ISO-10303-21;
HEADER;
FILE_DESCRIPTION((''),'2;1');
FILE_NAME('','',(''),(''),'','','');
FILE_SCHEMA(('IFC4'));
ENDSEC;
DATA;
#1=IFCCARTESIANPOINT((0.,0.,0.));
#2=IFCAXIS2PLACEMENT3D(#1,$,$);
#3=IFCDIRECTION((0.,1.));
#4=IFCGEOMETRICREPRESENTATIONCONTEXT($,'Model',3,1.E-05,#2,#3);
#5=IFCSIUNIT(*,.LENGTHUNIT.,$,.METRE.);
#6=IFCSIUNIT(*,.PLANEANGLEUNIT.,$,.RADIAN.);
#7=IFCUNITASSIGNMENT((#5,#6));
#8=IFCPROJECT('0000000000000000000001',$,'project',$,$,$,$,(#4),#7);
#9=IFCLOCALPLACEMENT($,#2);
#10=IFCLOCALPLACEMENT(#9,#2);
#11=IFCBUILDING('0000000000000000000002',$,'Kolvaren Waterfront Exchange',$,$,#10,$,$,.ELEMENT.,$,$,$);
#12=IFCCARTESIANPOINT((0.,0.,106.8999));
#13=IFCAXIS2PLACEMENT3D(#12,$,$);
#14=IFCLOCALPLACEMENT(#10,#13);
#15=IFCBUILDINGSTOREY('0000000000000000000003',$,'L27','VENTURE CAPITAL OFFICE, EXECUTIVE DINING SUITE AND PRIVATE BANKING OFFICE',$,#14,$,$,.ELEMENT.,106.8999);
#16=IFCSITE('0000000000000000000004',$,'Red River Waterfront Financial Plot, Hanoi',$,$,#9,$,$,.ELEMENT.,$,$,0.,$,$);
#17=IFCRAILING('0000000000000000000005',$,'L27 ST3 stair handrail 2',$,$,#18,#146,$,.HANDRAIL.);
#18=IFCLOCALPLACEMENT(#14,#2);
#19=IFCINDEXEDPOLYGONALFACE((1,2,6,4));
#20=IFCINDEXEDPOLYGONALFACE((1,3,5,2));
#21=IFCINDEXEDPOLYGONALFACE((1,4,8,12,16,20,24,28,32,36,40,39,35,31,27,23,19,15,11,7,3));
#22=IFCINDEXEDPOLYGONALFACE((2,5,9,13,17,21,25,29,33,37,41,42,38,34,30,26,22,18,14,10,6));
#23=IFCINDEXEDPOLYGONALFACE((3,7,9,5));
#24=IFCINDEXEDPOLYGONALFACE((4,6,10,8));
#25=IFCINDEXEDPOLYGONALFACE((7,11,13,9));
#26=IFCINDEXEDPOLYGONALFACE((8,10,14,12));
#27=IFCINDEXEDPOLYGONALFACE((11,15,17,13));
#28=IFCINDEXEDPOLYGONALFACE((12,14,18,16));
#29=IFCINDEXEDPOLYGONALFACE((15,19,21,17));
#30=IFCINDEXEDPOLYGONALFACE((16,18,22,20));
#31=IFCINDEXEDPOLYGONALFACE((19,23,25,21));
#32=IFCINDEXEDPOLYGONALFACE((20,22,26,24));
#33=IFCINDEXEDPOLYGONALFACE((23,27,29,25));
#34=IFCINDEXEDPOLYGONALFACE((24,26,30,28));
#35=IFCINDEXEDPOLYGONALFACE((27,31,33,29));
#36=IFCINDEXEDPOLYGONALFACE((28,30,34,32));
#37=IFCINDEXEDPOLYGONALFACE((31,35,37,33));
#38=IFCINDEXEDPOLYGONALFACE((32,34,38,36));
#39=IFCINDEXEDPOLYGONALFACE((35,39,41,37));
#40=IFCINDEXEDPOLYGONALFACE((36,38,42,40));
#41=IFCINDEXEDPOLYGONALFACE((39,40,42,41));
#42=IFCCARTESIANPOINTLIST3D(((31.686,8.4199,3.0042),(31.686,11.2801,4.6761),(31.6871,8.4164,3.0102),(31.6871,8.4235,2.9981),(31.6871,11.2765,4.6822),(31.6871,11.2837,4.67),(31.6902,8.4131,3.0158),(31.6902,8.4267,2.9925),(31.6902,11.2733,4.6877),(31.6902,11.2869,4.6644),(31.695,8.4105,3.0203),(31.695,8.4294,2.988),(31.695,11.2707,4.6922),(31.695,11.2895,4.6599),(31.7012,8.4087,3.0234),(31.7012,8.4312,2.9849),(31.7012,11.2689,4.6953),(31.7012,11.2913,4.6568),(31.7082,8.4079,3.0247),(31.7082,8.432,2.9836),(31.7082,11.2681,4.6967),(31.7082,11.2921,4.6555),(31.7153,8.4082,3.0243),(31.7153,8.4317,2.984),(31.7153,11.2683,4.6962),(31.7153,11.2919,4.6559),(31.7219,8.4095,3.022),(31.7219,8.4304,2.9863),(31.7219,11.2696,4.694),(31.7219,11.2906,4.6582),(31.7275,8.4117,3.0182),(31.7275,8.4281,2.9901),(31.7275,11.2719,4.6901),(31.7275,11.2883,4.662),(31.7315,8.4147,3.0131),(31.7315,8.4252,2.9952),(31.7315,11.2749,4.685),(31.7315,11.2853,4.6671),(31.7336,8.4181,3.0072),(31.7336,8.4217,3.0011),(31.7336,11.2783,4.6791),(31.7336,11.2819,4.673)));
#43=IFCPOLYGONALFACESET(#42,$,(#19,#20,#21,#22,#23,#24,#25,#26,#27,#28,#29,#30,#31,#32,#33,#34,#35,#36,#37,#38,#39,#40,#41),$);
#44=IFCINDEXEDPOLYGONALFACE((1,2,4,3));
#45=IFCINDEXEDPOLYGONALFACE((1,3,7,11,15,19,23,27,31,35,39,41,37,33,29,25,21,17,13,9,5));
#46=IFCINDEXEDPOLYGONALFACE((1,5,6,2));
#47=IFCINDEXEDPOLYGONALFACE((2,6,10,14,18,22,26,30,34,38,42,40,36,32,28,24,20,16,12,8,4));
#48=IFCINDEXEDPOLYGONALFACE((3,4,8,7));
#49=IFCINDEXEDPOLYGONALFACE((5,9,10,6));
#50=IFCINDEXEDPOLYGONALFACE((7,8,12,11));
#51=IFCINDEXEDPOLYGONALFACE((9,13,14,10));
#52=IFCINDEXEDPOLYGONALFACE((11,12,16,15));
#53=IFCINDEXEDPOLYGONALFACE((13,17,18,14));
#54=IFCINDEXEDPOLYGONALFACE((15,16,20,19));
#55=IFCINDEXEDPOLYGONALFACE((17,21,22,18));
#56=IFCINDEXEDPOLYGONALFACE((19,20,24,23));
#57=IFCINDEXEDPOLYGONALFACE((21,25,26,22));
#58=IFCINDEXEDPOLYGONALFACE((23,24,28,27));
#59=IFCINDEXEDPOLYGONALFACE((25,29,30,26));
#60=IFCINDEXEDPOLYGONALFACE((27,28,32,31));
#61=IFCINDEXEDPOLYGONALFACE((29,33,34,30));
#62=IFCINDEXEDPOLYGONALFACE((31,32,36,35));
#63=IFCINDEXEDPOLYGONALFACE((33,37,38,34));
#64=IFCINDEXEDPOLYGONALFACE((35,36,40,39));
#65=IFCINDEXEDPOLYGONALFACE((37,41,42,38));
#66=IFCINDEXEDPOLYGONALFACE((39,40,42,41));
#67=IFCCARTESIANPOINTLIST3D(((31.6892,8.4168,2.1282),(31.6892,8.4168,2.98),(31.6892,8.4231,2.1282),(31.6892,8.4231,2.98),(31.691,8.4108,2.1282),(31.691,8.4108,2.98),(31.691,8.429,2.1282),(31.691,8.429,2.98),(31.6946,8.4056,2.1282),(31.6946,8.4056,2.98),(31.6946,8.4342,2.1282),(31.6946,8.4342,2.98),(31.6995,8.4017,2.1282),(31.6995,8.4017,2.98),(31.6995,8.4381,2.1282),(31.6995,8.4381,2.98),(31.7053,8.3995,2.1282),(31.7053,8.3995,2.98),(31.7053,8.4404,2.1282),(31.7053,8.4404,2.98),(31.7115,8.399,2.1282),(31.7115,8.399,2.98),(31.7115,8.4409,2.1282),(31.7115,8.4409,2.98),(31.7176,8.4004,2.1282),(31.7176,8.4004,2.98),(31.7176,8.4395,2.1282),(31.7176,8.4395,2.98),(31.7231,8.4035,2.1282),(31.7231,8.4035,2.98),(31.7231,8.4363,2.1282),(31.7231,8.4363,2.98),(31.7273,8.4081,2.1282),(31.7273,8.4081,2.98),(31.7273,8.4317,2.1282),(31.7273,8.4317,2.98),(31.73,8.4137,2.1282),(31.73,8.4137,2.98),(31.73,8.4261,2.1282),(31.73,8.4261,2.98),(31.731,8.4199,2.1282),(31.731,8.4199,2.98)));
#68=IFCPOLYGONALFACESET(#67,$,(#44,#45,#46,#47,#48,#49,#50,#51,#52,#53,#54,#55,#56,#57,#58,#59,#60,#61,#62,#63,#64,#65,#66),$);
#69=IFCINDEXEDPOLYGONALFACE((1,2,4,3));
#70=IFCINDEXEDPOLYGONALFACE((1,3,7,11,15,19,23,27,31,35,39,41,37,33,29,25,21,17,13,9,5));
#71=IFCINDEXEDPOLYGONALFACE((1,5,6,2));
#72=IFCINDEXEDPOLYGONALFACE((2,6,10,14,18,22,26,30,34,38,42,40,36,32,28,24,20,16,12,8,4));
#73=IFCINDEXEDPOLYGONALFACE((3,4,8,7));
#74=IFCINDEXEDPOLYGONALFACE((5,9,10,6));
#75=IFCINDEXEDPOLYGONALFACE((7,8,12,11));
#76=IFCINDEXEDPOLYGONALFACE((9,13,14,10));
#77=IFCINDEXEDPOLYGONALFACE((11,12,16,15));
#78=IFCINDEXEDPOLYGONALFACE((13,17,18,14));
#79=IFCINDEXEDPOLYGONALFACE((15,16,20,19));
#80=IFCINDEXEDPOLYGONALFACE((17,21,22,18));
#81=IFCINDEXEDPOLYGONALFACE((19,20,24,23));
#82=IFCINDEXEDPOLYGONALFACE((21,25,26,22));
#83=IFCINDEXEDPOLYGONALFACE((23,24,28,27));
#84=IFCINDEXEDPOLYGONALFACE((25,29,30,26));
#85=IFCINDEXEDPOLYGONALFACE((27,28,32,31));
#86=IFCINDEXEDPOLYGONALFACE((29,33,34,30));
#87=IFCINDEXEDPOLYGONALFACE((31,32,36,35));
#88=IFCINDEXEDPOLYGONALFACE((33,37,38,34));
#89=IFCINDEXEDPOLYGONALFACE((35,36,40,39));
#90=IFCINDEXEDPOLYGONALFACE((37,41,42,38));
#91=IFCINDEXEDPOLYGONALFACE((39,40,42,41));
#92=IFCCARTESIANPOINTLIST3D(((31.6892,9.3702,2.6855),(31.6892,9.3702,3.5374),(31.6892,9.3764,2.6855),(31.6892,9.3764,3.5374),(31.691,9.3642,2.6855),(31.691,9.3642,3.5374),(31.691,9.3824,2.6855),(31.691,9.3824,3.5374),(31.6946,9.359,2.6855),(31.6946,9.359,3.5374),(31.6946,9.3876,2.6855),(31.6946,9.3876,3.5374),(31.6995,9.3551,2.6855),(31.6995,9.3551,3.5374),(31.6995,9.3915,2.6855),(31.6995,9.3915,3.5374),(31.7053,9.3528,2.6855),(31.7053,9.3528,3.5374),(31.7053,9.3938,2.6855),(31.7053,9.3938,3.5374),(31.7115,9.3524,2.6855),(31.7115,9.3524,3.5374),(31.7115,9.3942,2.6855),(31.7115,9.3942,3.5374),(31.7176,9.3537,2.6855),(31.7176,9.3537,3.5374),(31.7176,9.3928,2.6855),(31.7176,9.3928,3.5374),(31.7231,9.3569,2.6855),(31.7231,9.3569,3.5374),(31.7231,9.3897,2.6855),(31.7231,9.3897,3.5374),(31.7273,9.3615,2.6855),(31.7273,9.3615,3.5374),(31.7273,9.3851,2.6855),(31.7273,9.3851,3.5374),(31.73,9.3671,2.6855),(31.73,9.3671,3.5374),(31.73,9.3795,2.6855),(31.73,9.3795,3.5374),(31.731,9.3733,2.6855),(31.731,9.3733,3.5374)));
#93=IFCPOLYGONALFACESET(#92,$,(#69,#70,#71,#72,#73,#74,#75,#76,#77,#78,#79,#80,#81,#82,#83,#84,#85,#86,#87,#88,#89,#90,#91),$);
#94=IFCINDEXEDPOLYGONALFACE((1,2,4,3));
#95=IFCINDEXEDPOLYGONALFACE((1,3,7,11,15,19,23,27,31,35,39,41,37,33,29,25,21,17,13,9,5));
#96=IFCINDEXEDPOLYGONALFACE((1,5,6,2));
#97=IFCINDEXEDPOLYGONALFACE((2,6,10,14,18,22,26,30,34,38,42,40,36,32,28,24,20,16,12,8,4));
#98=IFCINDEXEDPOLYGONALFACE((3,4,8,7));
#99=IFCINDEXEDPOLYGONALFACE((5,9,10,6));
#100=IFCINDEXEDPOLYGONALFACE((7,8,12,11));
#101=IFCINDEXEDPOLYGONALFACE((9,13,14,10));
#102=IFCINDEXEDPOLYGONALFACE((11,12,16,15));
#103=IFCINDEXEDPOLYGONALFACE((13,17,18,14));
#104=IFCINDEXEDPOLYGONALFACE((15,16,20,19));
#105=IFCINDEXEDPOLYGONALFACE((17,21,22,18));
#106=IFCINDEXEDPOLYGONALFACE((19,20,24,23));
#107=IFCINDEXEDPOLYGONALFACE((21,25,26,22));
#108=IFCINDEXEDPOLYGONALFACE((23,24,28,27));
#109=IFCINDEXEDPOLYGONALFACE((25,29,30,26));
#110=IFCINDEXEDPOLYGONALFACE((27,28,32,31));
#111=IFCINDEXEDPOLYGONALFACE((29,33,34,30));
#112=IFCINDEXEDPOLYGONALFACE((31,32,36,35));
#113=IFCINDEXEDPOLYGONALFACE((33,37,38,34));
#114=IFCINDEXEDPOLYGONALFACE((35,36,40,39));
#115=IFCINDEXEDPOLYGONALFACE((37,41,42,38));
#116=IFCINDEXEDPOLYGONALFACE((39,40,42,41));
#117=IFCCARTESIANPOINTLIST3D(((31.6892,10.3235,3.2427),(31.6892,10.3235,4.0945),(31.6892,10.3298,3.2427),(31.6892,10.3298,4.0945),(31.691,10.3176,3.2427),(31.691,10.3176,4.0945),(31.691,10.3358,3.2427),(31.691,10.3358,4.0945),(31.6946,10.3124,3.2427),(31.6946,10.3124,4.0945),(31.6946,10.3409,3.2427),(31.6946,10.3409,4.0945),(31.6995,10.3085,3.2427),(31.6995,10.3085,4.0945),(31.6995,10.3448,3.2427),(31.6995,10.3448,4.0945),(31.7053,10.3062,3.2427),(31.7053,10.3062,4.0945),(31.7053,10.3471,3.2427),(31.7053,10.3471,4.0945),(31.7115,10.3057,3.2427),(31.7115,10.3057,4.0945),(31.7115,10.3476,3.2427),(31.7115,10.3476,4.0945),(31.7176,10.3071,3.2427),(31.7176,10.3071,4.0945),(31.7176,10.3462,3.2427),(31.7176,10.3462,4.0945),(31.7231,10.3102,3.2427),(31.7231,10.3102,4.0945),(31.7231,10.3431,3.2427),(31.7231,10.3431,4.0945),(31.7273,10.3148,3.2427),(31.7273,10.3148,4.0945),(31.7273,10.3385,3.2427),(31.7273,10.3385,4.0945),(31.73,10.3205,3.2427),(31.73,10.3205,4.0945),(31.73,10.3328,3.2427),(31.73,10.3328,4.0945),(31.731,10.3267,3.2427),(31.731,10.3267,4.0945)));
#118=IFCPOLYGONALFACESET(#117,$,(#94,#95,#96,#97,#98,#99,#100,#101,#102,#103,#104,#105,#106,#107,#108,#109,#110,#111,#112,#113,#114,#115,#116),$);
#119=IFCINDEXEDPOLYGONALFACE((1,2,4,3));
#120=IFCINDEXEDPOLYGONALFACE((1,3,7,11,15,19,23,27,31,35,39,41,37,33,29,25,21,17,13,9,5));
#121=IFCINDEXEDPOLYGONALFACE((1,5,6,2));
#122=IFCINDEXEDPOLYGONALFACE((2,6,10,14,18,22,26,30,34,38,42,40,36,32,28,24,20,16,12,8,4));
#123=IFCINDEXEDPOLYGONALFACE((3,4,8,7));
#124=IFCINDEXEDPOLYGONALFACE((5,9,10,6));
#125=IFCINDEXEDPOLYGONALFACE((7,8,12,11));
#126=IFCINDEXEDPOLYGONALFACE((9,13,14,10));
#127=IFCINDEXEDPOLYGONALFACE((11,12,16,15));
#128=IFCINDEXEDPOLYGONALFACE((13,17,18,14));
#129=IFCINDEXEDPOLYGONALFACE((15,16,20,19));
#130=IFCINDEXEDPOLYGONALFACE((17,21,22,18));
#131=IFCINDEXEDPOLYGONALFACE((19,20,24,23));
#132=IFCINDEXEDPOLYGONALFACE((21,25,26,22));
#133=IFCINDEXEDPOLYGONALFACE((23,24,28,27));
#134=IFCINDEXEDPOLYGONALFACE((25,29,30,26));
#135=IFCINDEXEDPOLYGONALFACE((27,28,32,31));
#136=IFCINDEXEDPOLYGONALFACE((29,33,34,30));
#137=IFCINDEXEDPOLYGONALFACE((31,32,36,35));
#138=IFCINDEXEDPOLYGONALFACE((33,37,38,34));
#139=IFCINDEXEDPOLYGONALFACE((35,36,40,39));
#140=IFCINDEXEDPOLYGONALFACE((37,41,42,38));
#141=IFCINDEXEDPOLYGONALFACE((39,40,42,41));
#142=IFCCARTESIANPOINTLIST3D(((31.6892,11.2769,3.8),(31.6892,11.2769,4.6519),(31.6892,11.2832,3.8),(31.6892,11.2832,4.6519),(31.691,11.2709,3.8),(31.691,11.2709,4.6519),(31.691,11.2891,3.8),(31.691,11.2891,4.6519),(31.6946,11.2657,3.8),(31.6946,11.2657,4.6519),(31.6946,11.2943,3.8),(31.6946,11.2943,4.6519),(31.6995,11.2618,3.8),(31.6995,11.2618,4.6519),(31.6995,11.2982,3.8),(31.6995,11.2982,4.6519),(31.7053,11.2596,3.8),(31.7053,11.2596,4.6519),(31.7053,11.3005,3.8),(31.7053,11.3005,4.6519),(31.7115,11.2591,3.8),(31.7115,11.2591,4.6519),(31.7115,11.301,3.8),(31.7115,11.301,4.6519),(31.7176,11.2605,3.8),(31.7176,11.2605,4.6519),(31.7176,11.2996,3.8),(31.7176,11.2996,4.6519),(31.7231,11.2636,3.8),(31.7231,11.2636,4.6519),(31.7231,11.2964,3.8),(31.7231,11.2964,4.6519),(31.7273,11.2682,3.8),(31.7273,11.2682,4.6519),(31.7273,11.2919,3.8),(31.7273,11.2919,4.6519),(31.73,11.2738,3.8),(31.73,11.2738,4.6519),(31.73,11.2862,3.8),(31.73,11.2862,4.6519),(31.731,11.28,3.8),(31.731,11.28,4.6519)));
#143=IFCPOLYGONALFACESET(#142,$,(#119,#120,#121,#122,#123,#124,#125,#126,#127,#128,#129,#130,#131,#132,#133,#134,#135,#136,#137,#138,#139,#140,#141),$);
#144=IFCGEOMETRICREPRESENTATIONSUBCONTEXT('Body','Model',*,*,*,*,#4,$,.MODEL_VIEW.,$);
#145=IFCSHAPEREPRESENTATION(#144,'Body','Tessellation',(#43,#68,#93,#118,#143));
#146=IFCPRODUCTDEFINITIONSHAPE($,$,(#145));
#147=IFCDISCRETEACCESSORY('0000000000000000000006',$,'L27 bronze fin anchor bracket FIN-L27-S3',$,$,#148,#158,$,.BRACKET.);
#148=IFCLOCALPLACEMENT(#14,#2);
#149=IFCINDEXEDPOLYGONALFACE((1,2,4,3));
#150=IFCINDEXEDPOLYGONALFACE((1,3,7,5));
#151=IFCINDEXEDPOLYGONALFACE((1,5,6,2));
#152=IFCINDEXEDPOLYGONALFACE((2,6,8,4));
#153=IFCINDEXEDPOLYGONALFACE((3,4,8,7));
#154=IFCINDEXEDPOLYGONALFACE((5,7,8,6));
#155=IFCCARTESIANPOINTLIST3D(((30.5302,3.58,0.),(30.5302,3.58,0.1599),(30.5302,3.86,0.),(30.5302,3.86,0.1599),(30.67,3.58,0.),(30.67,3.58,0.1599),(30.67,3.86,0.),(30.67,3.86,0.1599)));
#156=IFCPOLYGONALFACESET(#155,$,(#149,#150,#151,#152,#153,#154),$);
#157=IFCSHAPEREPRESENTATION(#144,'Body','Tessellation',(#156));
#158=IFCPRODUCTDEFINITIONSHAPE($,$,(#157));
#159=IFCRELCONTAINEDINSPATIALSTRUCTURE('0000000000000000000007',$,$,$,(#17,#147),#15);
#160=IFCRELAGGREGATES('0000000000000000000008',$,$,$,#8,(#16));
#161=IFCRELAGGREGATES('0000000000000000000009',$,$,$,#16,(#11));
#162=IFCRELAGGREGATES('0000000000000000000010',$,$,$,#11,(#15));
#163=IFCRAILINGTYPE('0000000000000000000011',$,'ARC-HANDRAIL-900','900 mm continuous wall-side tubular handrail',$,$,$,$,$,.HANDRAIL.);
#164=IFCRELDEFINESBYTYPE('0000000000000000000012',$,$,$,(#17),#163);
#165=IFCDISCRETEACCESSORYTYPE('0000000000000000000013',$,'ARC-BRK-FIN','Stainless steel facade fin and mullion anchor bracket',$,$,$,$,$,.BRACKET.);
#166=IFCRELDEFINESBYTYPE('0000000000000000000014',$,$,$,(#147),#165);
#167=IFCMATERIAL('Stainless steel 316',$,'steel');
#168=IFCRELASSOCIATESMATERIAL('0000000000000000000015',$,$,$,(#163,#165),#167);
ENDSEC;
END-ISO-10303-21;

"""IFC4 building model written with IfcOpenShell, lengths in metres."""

from ifc_helpers import new_model, si_unit, direction, frame, origin, origin_with_axes, origin_2d, place, context, subcontext, project, spatial, rectangle, circle, extrude, source, transform, mapped, material, type_object, element, save


model = new_model("IFC4")

# Units and contexts
model_context = context("Model", 3, precision=1e-05, world=origin(), true_north=direction((0.0, 1.0)))
body_context = subcontext(model_context, "Body", "Model", "MODEL_VIEW")
ifc_project = project(units=[si_unit("LENGTHUNIT", "METRE"), si_unit("PLANEANGLEUNIT", "RADIAN")], contexts=[model_context])

# Site, building, storey
site_placement = place(None, origin())
site = spatial("IfcSite", under=ifc_project, at=site_placement, Name="Red River Waterfront Financial Plot, Hanoi", CompositionType="ELEMENT", RefElevation=0.0)
building_placement = place(site_placement, origin())
building = spatial("IfcBuilding", under=site, at=building_placement, Name="Kolvaren Waterfront Exchange", CompositionType="ELEMENT")
storey_placement = place(building_placement, frame((0.0, 0.0, 106.8999)))
storey = spatial("IfcBuildingStorey", under=building, at=storey_placement, Name="L27", Description="VENTURE CAPITAL OFFICE, EXECUTIVE DINING SUITE AND PRIVATE BANKING OFFICE", CompositionType="ELEMENT", Elevation=106.8999)

# Railing
ifc_material_1 = material(Name="Stainless steel 316", Category="steel")
railing_type_1 = type_object("IfcRailingType", Name="ARC-HANDRAIL-900", Description="900 mm continuous wall-side tubular handrail", PredefinedType="HANDRAIL", material=ifc_material_1)
railing_1_placement = place(storey_placement, frame((31.71, 8.4199, 2.1282)))
element("IfcRailing", 1, at=railing_1_placement, inside=storey, type_object=railing_type_1, Name="L27 ST3 stair handrail 2", PredefinedType="HANDRAIL", context=body_context, shape_type="SweptSolid", body=[
    extrude(circle(Radius=0.0239, at=origin_2d()), frame((0.0, 0.0, 0.876), z_axis=(0.0, 0.863321, 0.504654), x_axis=(-1.0, 0.0, 0.0)), (0.0, 0.0, 1.0), 3.313),
    extrude(circle(Radius=0.021, at=origin_2d()), origin(), (0.0, 0.0, 1.0), 0.8518),
    extrude(circle(Radius=0.021, at=origin_2d()), frame((0.0, 0.9534, 0.5574)), (0.0, 0.0, 1.0), 0.8518),
    extrude(circle(Radius=0.021, at=origin_2d()), frame((0.0, 1.9067, 1.1145)), (0.0, 0.0, 1.0), 0.8518),
    extrude(circle(Radius=0.021, at=origin_2d()), frame((0.0, 2.8601, 1.6719)), (0.0, 0.0, 1.0), 0.8518),
])

# Discrete accessory
discrete_accessory_type = type_object("IfcDiscreteAccessoryType", Name="ARC-BRK-FIN", Description="Stainless steel facade fin and mullion anchor bracket", PredefinedType="BRACKET", material=ifc_material_1)
shared_shape_1 = source(origin_with_axes(), body_context, "Body", "SweptSolid", [
    extrude(rectangle(XDim=0.28, YDim=0.1399, at=origin_2d()), origin(), (0.0, 0.0, 1.0), 0.1599),
])
discrete_accessory_placement = place(storey_placement, frame((30.6001, 3.72, 0.0), z_axis=(0.0, 0.0, 1.0), x_axis=(0.0, -1.0, 0.0)))
element("IfcDiscreteAccessory", 2, at=discrete_accessory_placement, inside=storey, type_object=discrete_accessory_type, Name="L27 bronze fin anchor bracket FIN-L27-S3", PredefinedType="BRACKET", context=body_context, shape_type="MappedRepresentation", body=[
    mapped(shared_shape_1, transform((0.0, 0.0, 0.0), x_axis=(1.0, 0.0, 0.0), y_axis=(0.0, 1.0, 0.0), z_axis=(0.0, 0.0, 1.0), scale=1.0)),
])

save(model, "model.ifc")
